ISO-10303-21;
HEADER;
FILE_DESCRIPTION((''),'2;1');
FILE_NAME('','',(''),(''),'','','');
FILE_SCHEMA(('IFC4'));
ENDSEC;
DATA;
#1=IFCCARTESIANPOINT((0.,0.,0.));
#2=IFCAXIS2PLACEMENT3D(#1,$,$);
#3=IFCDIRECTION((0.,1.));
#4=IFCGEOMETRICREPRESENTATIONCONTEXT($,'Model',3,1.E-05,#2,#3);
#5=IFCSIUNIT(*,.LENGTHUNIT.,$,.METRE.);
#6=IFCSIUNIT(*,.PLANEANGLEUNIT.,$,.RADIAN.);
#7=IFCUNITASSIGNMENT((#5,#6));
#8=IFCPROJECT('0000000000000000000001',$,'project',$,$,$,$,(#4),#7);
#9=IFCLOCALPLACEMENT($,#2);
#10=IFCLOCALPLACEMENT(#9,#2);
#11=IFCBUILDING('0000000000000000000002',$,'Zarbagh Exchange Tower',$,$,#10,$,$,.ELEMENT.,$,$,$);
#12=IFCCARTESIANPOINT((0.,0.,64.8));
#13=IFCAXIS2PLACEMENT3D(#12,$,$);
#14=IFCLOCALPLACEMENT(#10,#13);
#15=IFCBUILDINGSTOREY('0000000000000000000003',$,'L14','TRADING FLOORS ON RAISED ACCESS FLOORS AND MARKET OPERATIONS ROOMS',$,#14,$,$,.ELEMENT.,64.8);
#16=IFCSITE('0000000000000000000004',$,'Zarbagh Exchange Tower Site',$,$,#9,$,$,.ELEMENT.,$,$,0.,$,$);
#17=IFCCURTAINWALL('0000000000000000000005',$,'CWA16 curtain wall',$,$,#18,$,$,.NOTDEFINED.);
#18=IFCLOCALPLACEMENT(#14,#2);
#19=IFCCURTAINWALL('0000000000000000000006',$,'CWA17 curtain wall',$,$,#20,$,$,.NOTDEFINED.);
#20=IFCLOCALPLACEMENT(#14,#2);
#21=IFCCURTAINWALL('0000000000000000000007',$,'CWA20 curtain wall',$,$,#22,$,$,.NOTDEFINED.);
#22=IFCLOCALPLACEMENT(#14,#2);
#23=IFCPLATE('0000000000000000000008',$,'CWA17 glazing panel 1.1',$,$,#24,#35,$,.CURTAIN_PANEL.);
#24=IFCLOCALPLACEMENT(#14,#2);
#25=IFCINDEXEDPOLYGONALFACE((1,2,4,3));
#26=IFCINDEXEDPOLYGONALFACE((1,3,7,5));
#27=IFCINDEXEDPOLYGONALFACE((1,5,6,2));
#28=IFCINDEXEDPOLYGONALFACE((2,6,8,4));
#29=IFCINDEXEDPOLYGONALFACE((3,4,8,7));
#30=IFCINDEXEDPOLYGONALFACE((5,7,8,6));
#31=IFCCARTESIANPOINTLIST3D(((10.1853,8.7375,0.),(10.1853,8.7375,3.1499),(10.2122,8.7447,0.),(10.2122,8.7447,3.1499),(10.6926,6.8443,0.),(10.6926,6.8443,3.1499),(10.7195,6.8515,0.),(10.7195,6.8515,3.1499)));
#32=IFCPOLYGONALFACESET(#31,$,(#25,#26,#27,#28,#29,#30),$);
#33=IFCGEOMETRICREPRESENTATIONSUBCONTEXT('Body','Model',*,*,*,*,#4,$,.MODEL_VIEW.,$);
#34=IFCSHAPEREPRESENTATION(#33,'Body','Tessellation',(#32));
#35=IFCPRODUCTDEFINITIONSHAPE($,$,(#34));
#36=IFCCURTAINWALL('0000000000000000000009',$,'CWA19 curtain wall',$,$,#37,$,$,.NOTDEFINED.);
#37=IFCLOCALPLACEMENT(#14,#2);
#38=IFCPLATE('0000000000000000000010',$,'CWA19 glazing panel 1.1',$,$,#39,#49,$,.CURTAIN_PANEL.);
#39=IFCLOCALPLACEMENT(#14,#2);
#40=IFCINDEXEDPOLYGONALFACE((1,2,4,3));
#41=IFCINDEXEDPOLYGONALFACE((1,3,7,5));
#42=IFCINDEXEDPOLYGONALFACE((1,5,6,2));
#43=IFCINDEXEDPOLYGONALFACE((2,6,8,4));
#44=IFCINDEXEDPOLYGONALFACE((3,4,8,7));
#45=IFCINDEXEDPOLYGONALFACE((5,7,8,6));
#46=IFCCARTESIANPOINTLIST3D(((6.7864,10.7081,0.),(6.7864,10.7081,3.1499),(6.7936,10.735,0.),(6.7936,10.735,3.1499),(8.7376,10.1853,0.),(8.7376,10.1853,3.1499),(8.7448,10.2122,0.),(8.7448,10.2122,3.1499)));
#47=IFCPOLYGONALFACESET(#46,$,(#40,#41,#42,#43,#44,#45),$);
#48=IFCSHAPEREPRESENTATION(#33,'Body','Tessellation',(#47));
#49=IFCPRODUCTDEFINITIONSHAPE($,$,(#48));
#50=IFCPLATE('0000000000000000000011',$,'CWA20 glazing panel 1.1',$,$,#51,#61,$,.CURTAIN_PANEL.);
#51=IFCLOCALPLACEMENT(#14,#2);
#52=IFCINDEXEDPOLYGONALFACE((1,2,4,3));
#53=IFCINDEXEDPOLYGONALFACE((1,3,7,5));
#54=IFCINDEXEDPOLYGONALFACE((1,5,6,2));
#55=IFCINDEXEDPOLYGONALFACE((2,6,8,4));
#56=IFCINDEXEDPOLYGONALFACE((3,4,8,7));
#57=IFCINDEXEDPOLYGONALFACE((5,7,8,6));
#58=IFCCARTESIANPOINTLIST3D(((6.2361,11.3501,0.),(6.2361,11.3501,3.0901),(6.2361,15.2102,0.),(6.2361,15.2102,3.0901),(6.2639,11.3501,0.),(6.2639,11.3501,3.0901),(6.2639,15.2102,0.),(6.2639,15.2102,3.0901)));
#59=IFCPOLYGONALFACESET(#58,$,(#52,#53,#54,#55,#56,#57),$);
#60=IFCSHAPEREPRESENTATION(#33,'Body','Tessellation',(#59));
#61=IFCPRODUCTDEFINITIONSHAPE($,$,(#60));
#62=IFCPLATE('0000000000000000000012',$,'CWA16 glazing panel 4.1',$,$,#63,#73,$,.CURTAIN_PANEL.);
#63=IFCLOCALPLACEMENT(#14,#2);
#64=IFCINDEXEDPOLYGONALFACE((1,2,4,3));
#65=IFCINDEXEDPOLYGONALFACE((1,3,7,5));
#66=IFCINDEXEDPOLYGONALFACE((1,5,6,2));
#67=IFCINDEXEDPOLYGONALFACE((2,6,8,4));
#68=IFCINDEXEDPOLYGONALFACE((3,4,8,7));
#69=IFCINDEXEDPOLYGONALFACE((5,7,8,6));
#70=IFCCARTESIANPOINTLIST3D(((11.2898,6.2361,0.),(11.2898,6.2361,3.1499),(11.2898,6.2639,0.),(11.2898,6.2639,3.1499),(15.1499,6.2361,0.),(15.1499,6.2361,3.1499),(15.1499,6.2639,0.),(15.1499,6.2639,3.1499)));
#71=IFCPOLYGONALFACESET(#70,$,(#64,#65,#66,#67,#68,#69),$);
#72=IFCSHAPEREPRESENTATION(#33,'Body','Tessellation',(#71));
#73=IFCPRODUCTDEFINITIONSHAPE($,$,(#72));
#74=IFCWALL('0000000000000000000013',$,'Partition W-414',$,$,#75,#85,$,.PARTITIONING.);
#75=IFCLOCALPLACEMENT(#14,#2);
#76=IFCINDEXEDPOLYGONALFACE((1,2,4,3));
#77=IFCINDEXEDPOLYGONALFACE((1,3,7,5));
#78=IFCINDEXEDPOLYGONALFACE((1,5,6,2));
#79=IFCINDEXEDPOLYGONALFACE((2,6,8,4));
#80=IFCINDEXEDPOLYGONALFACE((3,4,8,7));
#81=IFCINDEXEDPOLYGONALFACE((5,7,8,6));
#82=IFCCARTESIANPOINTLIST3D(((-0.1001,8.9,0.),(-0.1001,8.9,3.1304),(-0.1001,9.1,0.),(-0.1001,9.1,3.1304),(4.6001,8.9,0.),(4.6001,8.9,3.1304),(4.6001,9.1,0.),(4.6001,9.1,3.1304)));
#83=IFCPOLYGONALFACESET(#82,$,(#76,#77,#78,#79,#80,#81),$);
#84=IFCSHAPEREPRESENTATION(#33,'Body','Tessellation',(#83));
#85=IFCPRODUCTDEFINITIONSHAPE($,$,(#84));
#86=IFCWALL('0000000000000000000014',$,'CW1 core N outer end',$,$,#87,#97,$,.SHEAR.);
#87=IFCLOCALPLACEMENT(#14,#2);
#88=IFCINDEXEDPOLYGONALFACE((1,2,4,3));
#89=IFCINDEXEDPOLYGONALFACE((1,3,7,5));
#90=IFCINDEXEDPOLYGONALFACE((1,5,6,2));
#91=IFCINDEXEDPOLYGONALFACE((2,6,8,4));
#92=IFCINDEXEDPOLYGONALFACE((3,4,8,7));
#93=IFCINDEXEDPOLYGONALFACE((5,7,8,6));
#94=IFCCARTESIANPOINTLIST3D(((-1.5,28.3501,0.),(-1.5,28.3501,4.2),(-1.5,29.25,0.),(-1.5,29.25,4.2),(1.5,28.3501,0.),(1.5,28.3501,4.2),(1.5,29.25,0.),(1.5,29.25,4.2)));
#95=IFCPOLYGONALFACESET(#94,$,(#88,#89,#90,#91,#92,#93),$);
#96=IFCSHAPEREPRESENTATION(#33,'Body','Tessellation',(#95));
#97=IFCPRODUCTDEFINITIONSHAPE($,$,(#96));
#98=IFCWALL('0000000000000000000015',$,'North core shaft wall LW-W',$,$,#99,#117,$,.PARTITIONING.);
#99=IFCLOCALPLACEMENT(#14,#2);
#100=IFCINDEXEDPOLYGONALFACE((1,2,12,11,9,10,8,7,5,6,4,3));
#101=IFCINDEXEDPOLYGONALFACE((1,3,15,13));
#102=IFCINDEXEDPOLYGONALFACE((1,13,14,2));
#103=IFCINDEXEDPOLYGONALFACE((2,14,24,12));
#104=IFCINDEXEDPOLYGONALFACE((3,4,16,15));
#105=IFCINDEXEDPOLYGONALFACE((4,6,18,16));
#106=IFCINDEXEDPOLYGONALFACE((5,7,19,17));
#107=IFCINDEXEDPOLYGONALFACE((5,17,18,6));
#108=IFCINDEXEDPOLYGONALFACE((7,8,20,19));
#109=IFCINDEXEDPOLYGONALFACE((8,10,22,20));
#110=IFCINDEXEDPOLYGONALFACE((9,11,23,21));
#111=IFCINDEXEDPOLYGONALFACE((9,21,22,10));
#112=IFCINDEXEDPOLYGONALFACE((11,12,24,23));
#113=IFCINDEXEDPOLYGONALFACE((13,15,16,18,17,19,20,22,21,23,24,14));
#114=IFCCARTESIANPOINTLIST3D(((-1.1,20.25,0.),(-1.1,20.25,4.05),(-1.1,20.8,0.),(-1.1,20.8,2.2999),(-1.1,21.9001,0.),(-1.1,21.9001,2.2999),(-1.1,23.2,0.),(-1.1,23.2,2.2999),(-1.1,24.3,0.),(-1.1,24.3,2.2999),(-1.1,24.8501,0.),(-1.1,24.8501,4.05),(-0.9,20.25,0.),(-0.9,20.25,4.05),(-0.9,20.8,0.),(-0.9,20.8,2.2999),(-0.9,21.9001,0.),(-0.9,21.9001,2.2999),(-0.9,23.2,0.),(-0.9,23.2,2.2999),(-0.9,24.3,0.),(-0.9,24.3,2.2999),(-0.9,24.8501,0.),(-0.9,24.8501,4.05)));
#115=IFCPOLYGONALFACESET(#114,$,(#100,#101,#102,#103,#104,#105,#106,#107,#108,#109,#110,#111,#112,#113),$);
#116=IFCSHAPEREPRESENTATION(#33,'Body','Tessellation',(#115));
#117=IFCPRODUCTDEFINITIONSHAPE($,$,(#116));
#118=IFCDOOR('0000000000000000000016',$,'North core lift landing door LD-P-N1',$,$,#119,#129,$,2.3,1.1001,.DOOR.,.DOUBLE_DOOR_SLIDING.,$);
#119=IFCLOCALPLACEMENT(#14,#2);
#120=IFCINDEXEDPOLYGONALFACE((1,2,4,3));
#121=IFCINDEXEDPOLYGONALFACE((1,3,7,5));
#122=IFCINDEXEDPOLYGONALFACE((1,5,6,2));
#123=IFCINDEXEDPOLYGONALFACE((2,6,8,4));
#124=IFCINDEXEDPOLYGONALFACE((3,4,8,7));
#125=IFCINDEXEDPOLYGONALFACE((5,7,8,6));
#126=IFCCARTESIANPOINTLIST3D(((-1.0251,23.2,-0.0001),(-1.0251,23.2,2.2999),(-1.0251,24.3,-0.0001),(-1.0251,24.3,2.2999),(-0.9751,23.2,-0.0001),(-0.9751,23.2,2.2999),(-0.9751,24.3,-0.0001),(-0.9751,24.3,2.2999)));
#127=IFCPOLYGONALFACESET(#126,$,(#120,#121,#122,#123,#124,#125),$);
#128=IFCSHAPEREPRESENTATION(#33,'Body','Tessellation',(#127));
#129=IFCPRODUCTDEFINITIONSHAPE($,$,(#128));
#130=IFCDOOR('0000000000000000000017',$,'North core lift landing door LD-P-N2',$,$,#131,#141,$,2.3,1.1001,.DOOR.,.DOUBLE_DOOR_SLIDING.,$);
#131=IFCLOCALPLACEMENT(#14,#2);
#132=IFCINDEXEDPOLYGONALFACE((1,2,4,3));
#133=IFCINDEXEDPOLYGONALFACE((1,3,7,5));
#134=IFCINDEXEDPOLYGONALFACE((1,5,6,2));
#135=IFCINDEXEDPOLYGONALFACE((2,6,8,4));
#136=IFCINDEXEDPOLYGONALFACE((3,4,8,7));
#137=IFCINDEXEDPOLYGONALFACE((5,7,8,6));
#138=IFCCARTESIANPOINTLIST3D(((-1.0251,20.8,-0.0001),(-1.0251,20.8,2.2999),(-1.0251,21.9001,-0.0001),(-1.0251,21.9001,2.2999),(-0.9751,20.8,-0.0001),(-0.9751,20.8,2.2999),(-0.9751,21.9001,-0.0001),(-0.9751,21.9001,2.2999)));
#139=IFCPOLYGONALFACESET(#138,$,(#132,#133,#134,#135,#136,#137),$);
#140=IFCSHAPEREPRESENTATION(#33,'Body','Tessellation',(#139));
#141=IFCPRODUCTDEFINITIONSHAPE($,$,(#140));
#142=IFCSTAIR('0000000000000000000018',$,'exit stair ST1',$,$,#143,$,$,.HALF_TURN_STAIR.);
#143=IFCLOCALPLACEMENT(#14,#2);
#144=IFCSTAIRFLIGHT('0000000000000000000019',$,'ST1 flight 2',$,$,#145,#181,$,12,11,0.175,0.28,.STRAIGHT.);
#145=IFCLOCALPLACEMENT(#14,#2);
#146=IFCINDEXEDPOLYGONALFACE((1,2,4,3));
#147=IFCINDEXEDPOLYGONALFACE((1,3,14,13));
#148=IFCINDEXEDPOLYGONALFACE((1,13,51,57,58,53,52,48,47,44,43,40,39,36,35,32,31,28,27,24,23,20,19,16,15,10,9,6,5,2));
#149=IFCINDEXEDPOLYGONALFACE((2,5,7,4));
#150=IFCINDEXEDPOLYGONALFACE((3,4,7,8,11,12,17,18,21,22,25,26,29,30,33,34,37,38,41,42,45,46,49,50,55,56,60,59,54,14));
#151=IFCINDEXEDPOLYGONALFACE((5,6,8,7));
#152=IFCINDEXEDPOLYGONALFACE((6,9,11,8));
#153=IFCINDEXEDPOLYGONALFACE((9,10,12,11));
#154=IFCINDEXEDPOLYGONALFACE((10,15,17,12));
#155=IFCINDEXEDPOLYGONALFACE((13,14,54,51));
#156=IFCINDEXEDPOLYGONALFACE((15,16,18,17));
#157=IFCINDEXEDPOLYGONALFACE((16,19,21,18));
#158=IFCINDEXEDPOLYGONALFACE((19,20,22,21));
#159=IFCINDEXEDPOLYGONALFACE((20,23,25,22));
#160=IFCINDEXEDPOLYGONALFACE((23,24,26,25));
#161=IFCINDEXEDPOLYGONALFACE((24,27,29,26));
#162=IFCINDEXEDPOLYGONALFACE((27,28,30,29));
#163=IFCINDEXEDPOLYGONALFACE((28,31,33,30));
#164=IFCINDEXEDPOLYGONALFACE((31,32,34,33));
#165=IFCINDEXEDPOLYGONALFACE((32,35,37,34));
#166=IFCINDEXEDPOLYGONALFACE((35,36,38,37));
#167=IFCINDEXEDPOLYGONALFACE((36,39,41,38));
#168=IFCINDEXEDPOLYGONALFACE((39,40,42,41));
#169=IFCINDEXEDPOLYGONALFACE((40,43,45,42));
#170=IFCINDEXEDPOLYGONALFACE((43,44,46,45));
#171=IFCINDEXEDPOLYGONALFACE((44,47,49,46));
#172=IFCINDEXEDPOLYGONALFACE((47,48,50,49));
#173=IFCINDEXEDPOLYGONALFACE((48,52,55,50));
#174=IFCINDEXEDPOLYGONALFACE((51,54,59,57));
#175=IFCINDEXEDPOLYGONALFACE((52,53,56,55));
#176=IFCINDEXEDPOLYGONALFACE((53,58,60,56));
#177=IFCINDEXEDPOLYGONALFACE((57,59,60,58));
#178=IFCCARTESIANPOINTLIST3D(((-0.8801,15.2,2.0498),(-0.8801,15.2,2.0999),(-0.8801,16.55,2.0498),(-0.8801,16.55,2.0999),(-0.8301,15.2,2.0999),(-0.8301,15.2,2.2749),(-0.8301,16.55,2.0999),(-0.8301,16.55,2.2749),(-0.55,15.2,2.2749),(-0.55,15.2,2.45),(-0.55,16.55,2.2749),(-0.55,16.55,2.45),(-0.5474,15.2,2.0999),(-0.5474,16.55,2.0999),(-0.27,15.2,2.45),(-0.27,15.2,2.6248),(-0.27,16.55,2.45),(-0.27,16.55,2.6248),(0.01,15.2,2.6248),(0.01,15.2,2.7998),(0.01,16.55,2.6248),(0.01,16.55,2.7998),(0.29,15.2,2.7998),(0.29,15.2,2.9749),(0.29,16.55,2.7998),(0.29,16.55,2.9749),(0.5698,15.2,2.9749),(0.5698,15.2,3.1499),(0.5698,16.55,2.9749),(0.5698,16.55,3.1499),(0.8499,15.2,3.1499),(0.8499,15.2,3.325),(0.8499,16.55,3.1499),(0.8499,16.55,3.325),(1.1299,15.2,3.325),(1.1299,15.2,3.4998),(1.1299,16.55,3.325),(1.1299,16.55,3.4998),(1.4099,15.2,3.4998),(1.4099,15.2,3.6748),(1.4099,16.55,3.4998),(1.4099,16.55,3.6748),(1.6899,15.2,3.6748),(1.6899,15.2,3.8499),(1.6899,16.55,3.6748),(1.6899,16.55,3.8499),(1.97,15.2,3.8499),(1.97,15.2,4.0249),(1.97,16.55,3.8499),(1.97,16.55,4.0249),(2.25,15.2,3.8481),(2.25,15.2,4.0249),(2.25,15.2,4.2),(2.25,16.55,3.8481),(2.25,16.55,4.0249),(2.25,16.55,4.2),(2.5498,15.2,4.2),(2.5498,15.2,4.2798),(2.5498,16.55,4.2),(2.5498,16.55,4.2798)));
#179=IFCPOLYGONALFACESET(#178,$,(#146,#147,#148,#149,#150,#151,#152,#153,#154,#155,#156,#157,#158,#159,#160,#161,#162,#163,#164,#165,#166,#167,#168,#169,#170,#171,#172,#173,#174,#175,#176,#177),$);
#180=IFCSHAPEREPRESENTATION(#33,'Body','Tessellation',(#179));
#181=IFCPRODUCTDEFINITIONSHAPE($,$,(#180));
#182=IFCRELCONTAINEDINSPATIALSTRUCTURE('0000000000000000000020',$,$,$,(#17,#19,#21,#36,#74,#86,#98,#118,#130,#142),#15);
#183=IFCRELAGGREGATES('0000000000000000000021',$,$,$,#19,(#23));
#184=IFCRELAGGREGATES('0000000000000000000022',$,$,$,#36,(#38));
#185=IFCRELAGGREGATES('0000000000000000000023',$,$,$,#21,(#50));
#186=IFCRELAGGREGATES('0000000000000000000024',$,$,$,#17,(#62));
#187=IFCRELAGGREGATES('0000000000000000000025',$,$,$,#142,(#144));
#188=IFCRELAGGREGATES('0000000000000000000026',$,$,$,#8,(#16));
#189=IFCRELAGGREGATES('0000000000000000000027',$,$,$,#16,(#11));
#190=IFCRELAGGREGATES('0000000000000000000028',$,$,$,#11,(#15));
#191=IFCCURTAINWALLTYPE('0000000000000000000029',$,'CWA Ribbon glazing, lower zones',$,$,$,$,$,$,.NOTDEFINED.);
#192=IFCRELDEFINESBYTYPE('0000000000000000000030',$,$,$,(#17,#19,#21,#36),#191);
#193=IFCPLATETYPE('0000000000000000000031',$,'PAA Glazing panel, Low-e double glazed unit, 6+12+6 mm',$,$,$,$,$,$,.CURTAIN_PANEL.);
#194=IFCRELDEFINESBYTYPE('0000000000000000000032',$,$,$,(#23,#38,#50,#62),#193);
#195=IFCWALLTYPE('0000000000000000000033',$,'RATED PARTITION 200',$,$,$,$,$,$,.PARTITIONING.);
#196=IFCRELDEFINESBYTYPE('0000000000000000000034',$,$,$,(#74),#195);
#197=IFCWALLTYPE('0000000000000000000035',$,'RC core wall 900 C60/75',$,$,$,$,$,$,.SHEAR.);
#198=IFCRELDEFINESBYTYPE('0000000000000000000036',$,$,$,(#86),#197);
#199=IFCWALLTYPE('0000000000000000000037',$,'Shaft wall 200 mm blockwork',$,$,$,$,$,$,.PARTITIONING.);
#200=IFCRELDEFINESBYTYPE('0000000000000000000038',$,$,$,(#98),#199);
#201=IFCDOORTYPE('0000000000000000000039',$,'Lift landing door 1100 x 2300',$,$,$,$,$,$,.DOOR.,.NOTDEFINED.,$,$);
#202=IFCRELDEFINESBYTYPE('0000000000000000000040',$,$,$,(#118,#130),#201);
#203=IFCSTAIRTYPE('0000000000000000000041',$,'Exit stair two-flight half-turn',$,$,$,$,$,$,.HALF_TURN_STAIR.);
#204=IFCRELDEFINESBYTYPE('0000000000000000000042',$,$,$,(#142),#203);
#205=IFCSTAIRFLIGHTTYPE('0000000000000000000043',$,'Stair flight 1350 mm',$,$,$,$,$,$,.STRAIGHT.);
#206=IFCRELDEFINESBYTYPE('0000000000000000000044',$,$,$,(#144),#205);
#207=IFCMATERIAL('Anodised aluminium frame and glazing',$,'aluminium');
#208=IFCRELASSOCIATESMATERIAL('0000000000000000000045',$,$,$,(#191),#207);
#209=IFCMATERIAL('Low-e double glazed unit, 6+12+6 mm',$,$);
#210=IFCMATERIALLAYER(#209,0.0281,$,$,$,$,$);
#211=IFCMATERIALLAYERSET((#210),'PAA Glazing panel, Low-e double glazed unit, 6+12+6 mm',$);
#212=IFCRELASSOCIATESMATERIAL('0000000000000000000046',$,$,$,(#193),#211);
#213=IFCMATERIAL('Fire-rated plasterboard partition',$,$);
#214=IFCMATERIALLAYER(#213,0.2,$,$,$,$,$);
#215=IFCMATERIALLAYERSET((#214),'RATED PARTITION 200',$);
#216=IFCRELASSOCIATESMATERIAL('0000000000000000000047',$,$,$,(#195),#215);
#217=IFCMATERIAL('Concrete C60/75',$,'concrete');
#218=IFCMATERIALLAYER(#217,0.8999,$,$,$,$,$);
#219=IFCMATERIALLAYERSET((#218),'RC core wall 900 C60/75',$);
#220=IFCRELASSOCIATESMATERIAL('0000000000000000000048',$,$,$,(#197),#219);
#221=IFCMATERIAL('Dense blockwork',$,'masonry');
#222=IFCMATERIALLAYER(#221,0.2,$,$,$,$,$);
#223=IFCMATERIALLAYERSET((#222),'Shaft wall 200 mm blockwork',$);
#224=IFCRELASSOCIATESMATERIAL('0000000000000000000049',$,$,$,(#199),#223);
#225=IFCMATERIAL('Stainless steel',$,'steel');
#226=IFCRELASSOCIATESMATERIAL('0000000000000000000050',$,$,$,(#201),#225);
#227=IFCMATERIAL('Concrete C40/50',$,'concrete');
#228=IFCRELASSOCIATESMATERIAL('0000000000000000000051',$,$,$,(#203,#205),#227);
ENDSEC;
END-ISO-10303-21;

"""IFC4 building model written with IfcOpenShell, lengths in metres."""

from ifc_helpers import new_model, si_unit, direction, frame, frame_2d, origin, place, context, subcontext, project, spatial, polyline, rectangle, outline, extrude, source, transform, mapped, material, layer, layer_set, type_object, element, fill, aggregate, save


model = new_model("IFC4")

# Units and contexts
model_context = context("Model", 3, precision=1e-05, world=origin(), true_north=direction((0.0, 1.0)))
body_context = subcontext(model_context, "Body", "Model", "MODEL_VIEW")
ifc_project = project(units=[si_unit("LENGTHUNIT", "METRE"), si_unit("PLANEANGLEUNIT", "RADIAN")], contexts=[model_context])

# Site, building, storey
site_placement = place(None, origin())
site = spatial("IfcSite", under=ifc_project, at=site_placement, Name="Zarbagh Exchange Tower Site", CompositionType="ELEMENT", RefElevation=0.0)
building_placement = place(site_placement, origin())
building = spatial("IfcBuilding", under=site, at=building_placement, Name="Zarbagh Exchange Tower", CompositionType="ELEMENT")
storey_placement = place(building_placement, frame((0.0, 0.0, 64.8)))
storey = spatial("IfcBuildingStorey", under=building, at=storey_placement, Name="L14", Description="TRADING FLOORS ON RAISED ACCESS FLOORS AND MARKET OPERATIONS ROOMS", CompositionType="ELEMENT", Elevation=64.8)

# Shared definitions
ifc_material_1 = material(Name="Concrete C60/75", Category="concrete")

# Curtain wall
ifc_material_2 = material(Name="Anodised aluminium frame and glazing", Category="aluminium")
curtain_wall_type = type_object("IfcCurtainWallType", Name="CWA Ribbon glazing, lower zones", PredefinedType="NOTDEFINED", material=ifc_material_2)
curtain_wall_1_placement = place(storey_placement, origin())
curtain_wall_1 = element("IfcCurtainWall", 1, at=curtain_wall_1_placement, inside=storey, type_object=curtain_wall_type, Name="CWA16 curtain wall", PredefinedType="NOTDEFINED")
placement = place(storey_placement, origin())

# Curtain wall
curtain_wall_2_placement = place(storey_placement, origin())
curtain_wall_2 = element("IfcCurtainWall", 2, at=curtain_wall_2_placement, inside=storey, type_object=curtain_wall_type, Name="CWA17 curtain wall", PredefinedType="NOTDEFINED")

# Curtain wall
curtain_wall_3_placement = place(storey_placement, origin())
curtain_wall_3 = element("IfcCurtainWall", 3, at=curtain_wall_3_placement, inside=storey, type_object=curtain_wall_type, Name="CWA20 curtain wall", PredefinedType="NOTDEFINED")

# Shared definitions
ifc_material_3 = material(Name="Low-e double glazed unit, 6+12+6 mm")
ifc_layer_1 = layer(ifc_material_3, 0.0281)
ifc_layer_set_1 = layer_set([ifc_layer_1], Name="PAA Glazing panel, Low-e double glazed unit, 6+12+6 mm")
plate_type = type_object("IfcPlateType", Name="PAA Glazing panel, Low-e double glazed unit, 6+12+6 mm", PredefinedType="CURTAIN_PANEL", material=ifc_layer_set_1)

# Plate
shared_shape_1 = source(origin(), body_context, "Body", "SweptSolid", [
    extrude(outline(polyline([(0.0, -0.0139), (1.96, -0.0139), (1.96, 0.0139), (0.0, 0.0139), (0.0, -0.0139)])), origin(), (0.0, 0.0, 1.0), 3.1499),
])
plate_1 = element("IfcPlate", 4, at=placement, type_object=plate_type, Name="CWA17 glazing panel 1.1", PredefinedType="CURTAIN_PANEL", context=body_context, shape_type="MappedRepresentation", body=[
    mapped(shared_shape_1, transform((10.7061, 6.8479, 0.0), x_axis=(-0.258825, 0.965924, 0.0), y_axis=(-0.965924, -0.258825, 0.0), z_axis=(0.0, 0.0, 1.0))),
])
aggregate(curtain_wall_2, [plate_1])

# Curtain wall, plate
curtain_wall_4_placement = place(storey_placement, origin())
curtain_wall_4 = element("IfcCurtainWall", 5, at=curtain_wall_4_placement, inside=storey, type_object=curtain_wall_type, Name="CWA19 curtain wall", PredefinedType="NOTDEFINED")
shared_shape_2 = source(origin(), body_context, "Body", "SweptSolid", [
    extrude(outline(polyline([(0.0, -0.0139), (2.02, -0.0139), (2.02, 0.0139), (0.0, 0.0139), (0.0, -0.0139)])), origin(), (0.0, 0.0, 1.0), 3.1499),
])
plate_2 = element("IfcPlate", 6, at=placement, type_object=plate_type, Name="CWA19 glazing panel 1.1", PredefinedType="CURTAIN_PANEL", context=body_context, shape_type="MappedRepresentation", body=[
    mapped(shared_shape_2, transform((8.7412, 10.1987, 0.0), x_axis=(-0.965924, 0.258825, 0.0), y_axis=(-0.258825, -0.965924, 0.0), z_axis=(0.0, 0.0, 1.0))),
])
aggregate(curtain_wall_4, [plate_2])

# Plates
shared_shape_3 = source(origin(), body_context, "Body", "SweptSolid", [
    extrude(outline(polyline([(0.0, -0.0139), (3.8601, -0.0139), (3.8601, 0.0139), (0.0, 0.0139), (0.0, -0.0139)])), origin(), (0.0, 0.0, 1.0), 3.0901),
])
plate_3 = element("IfcPlate", 7, at=placement, type_object=plate_type, Name="CWA20 glazing panel 1.1", PredefinedType="CURTAIN_PANEL", context=body_context, shape_type="MappedRepresentation", body=[
    mapped(shared_shape_3, transform((6.25, 11.3501, 0.0), x_axis=(0.0, 1.0, 0.0), y_axis=(-1.0, 0.0, 0.0), z_axis=(0.0, 0.0, 1.0))),
])
aggregate(curtain_wall_3, [plate_3])
shared_shape_4 = source(origin(), body_context, "Body", "SweptSolid", [
    extrude(outline(polyline([(0.0, -0.0139), (3.8601, -0.0139), (3.8601, 0.0139), (0.0, 0.0139), (0.0, -0.0139)])), origin(), (0.0, 0.0, 1.0), 3.1499),
])
plate_4 = element("IfcPlate", 8, at=placement, type_object=plate_type, Name="CWA16 glazing panel 4.1", PredefinedType="CURTAIN_PANEL", context=body_context, shape_type="MappedRepresentation", body=[
    mapped(shared_shape_4, transform((15.1499, 6.25, 0.0), x_axis=(-1.0, 0.0, 0.0), y_axis=(0.0, -1.0, 0.0), z_axis=(0.0, 0.0, 1.0))),
])
aggregate(curtain_wall_1, [plate_4])

# Walls
ifc_material_4 = material(Name="Fire-rated plasterboard partition")
ifc_layer_2 = layer(ifc_material_4, 0.2)
ifc_layer_set_2 = layer_set([ifc_layer_2], Name="RATED PARTITION 200")
wall_type_1 = type_object("IfcWallType", Name="RATED PARTITION 200", PredefinedType="PARTITIONING", material=ifc_layer_set_2)
wall_1_placement = place(storey_placement, frame((-0.1001, 9.0, 0.0), z_axis=(0.0, 0.0, 1.0), x_axis=(1.0, 0.0, 0.0)))
element("IfcWall", 9, at=wall_1_placement, inside=storey, type_object=wall_type_1, Name="Partition W-414", PredefinedType="PARTITIONING", context=body_context, shape_type="SweptSolid", body=[
    extrude(rectangle(XDim=4.7002, YDim=0.2, at=frame_2d((2.3501, 0.0))), origin(), (0.0, 0.0, 1.0), 3.1304),
])
ifc_layer_3 = layer(ifc_material_1, 0.8999)
ifc_layer_set_3 = layer_set([ifc_layer_3], Name="RC core wall 900 C60/75")
wall_type_2 = type_object("IfcWallType", Name="RC core wall 900 C60/75", PredefinedType="SHEAR", material=ifc_layer_set_3)
wall_2_placement = place(storey_placement, frame((-1.5, 28.8, 0.0), z_axis=(0.0, 0.0, 1.0), x_axis=(1.0, 0.0, 0.0)))
element("IfcWall", 10, at=wall_2_placement, inside=storey, type_object=wall_type_2, Name="CW1 core N outer end", PredefinedType="SHEAR", context=body_context, shape_type="SweptSolid", body=[
    extrude(rectangle(XDim=3.0, YDim=0.8999, at=frame_2d((1.5, 0.0))), origin(), (0.0, 0.0, 1.0), 4.2),
])

# Wall, openings, doors
ifc_material_5 = material(Name="Dense blockwork", Category="masonry")
ifc_layer_4 = layer(ifc_material_5, 0.2)
ifc_layer_set_4 = layer_set([ifc_layer_4], Name="Shaft wall 200 mm blockwork")
wall_type_3 = type_object("IfcWallType", Name="Shaft wall 200 mm blockwork", PredefinedType="PARTITIONING", material=ifc_layer_set_4)
wall_3_placement = place(storey_placement, frame((-1.0, 24.8501, 0.0), z_axis=(0.0, 0.0, 1.0), x_axis=(0.0, -1.0, 0.0)))
wall_3 = element("IfcWall", 11, at=wall_3_placement, inside=storey, type_object=wall_type_3, Name="North core shaft wall LW-W", PredefinedType="PARTITIONING", context=body_context, shape_type="SweptSolid", body=[
    extrude(rectangle(XDim=4.6001, YDim=0.2, at=frame_2d((2.3, 0.0))), origin(), (0.0, 0.0, 1.0), 4.05),
])
opening_1_placement = place(wall_3_placement, frame((0.55, 0.0, 0.0)))
opening_1 = element("IfcOpeningElement", 12, at=opening_1_placement, cuts=wall_3, PredefinedType="OPENING", context=body_context, shape_type="SweptSolid", body=[
    extrude(rectangle(XDim=1.1001, YDim=2.3, at=frame_2d((0.55, 1.1499))), frame((0.0, 0.1099, 0.0), z_axis=(0.0, -1.0, 0.0), x_axis=(1.0, 0.0, 0.0)), (0.0, 0.0, 1.0), 0.22),
])
opening_2_placement = place(wall_3_placement, frame((2.95, 0.0, 0.0)))
opening_2 = element("IfcOpeningElement", 13, at=opening_2_placement, cuts=wall_3, PredefinedType="OPENING", context=body_context, shape_type="SweptSolid", body=[
    extrude(rectangle(XDim=1.1001, YDim=2.3, at=frame_2d((0.55, 1.1499))), frame((0.0, 0.1099, 0.0), z_axis=(0.0, -1.0, 0.0), x_axis=(1.0, 0.0, 0.0)), (0.0, 0.0, 1.0), 0.22),
])
ifc_material_6 = material(Name="Stainless steel", Category="steel")
door_type = type_object("IfcDoorType", Name="Lift landing door 1100 x 2300", OperationType="NOTDEFINED", PredefinedType="DOOR", material=ifc_material_6)
door_1_placement = place(opening_1_placement, origin())
door_1 = element("IfcDoor", 14, at=door_1_placement, inside=storey, type_object=door_type, Name="North core lift landing door LD-P-N1", OperationType="DOUBLE_DOOR_SLIDING", OverallHeight=2.3, OverallWidth=1.1001, PredefinedType="DOOR", context=body_context, shape_type="SweptSolid", body=[
    extrude(rectangle(XDim=1.1001, YDim=2.3, at=frame_2d((0.55, 1.1499))), frame((0.0, 0.0249, 0.0), z_axis=(0.0, -1.0, 0.0), x_axis=(1.0, 0.0, 0.0)), (0.0, 0.0, 1.0), 0.05),
])
fill(opening_1, door_1)
door_2_placement = place(opening_2_placement, origin())
door_2 = element("IfcDoor", 15, at=door_2_placement, inside=storey, type_object=door_type, Name="North core lift landing door LD-P-N2", OperationType="DOUBLE_DOOR_SLIDING", OverallHeight=2.3, OverallWidth=1.1001, PredefinedType="DOOR", context=body_context, shape_type="SweptSolid", body=[
    extrude(rectangle(XDim=1.1001, YDim=2.3, at=frame_2d((0.55, 1.1499))), frame((0.0, 0.0249, 0.0), z_axis=(0.0, -1.0, 0.0), x_axis=(1.0, 0.0, 0.0)), (0.0, 0.0, 1.0), 0.05),
])
fill(opening_2, door_2)

# Stair, stair flight
ifc_material_7 = material(Name="Concrete C40/50", Category="concrete")
stair_type = type_object("IfcStairType", Name="Exit stair two-flight half-turn", PredefinedType="HALF_TURN_STAIR", material=ifc_material_7)
stair_1_placement = place(storey_placement, origin())
stair_1 = element("IfcStair", 16, at=stair_1_placement, inside=storey, type_object=stair_type, Name="exit stair ST1", PredefinedType="HALF_TURN_STAIR")
stair_flight_type = type_object("IfcStairFlightType", Name="Stair flight 1350 mm", PredefinedType="STRAIGHT", material=ifc_material_7)
stair_flight_1_placement = place(storey_placement, frame((-0.8301, 15.875, 2.0999), z_axis=(0.0, 0.0, 1.0), x_axis=(1.0, 0.0, 0.0)))
stair_flight_1 = element("IfcStairFlight", 17, at=stair_flight_1_placement, type_object=stair_flight_type, Name="ST1 flight 2", NumberOfRisers=12, NumberOfTreads=11, PredefinedType="STRAIGHT", RiserHeight=0.175, TreadLength=0.28, context=body_context, shape_type="SweptSolid", body=[
    extrude(outline(polyline([(-0.05, -0.05), (-0.05, 0.0), (0.0, 0.0), (0.0, 0.175), (0.28, 0.175), (0.28, 0.3501), (0.5601, 0.3501), (0.5601, 0.5249), (0.8401, 0.5249), (0.8401, 0.7), (1.1201, 0.7), (1.1201, 0.875), (1.3999, 0.875), (1.3999, 1.05), (1.6799, 1.05), (1.6799, 1.2251), (1.96, 1.2251), (1.96, 1.3999), (2.24, 1.3999), (2.24, 1.575), (2.52, 1.575), (2.52, 1.75), (2.8, 1.75), (2.8, 1.925), (3.0801, 1.925), (3.0801, 2.1001), (3.3799, 2.1799), (3.3799, 2.1001), (3.0801, 1.7483), (0.2827, 0.0), (-0.05, -0.05)])), frame((0.0, 0.675, 0.0), z_axis=(0.0, -1.0, 0.0), x_axis=(1.0, 0.0, 0.0)), (0.0, 0.0, 1.0), 1.3501),
])
aggregate(stair_1, [stair_flight_1])

save(model, "model.ifc")
